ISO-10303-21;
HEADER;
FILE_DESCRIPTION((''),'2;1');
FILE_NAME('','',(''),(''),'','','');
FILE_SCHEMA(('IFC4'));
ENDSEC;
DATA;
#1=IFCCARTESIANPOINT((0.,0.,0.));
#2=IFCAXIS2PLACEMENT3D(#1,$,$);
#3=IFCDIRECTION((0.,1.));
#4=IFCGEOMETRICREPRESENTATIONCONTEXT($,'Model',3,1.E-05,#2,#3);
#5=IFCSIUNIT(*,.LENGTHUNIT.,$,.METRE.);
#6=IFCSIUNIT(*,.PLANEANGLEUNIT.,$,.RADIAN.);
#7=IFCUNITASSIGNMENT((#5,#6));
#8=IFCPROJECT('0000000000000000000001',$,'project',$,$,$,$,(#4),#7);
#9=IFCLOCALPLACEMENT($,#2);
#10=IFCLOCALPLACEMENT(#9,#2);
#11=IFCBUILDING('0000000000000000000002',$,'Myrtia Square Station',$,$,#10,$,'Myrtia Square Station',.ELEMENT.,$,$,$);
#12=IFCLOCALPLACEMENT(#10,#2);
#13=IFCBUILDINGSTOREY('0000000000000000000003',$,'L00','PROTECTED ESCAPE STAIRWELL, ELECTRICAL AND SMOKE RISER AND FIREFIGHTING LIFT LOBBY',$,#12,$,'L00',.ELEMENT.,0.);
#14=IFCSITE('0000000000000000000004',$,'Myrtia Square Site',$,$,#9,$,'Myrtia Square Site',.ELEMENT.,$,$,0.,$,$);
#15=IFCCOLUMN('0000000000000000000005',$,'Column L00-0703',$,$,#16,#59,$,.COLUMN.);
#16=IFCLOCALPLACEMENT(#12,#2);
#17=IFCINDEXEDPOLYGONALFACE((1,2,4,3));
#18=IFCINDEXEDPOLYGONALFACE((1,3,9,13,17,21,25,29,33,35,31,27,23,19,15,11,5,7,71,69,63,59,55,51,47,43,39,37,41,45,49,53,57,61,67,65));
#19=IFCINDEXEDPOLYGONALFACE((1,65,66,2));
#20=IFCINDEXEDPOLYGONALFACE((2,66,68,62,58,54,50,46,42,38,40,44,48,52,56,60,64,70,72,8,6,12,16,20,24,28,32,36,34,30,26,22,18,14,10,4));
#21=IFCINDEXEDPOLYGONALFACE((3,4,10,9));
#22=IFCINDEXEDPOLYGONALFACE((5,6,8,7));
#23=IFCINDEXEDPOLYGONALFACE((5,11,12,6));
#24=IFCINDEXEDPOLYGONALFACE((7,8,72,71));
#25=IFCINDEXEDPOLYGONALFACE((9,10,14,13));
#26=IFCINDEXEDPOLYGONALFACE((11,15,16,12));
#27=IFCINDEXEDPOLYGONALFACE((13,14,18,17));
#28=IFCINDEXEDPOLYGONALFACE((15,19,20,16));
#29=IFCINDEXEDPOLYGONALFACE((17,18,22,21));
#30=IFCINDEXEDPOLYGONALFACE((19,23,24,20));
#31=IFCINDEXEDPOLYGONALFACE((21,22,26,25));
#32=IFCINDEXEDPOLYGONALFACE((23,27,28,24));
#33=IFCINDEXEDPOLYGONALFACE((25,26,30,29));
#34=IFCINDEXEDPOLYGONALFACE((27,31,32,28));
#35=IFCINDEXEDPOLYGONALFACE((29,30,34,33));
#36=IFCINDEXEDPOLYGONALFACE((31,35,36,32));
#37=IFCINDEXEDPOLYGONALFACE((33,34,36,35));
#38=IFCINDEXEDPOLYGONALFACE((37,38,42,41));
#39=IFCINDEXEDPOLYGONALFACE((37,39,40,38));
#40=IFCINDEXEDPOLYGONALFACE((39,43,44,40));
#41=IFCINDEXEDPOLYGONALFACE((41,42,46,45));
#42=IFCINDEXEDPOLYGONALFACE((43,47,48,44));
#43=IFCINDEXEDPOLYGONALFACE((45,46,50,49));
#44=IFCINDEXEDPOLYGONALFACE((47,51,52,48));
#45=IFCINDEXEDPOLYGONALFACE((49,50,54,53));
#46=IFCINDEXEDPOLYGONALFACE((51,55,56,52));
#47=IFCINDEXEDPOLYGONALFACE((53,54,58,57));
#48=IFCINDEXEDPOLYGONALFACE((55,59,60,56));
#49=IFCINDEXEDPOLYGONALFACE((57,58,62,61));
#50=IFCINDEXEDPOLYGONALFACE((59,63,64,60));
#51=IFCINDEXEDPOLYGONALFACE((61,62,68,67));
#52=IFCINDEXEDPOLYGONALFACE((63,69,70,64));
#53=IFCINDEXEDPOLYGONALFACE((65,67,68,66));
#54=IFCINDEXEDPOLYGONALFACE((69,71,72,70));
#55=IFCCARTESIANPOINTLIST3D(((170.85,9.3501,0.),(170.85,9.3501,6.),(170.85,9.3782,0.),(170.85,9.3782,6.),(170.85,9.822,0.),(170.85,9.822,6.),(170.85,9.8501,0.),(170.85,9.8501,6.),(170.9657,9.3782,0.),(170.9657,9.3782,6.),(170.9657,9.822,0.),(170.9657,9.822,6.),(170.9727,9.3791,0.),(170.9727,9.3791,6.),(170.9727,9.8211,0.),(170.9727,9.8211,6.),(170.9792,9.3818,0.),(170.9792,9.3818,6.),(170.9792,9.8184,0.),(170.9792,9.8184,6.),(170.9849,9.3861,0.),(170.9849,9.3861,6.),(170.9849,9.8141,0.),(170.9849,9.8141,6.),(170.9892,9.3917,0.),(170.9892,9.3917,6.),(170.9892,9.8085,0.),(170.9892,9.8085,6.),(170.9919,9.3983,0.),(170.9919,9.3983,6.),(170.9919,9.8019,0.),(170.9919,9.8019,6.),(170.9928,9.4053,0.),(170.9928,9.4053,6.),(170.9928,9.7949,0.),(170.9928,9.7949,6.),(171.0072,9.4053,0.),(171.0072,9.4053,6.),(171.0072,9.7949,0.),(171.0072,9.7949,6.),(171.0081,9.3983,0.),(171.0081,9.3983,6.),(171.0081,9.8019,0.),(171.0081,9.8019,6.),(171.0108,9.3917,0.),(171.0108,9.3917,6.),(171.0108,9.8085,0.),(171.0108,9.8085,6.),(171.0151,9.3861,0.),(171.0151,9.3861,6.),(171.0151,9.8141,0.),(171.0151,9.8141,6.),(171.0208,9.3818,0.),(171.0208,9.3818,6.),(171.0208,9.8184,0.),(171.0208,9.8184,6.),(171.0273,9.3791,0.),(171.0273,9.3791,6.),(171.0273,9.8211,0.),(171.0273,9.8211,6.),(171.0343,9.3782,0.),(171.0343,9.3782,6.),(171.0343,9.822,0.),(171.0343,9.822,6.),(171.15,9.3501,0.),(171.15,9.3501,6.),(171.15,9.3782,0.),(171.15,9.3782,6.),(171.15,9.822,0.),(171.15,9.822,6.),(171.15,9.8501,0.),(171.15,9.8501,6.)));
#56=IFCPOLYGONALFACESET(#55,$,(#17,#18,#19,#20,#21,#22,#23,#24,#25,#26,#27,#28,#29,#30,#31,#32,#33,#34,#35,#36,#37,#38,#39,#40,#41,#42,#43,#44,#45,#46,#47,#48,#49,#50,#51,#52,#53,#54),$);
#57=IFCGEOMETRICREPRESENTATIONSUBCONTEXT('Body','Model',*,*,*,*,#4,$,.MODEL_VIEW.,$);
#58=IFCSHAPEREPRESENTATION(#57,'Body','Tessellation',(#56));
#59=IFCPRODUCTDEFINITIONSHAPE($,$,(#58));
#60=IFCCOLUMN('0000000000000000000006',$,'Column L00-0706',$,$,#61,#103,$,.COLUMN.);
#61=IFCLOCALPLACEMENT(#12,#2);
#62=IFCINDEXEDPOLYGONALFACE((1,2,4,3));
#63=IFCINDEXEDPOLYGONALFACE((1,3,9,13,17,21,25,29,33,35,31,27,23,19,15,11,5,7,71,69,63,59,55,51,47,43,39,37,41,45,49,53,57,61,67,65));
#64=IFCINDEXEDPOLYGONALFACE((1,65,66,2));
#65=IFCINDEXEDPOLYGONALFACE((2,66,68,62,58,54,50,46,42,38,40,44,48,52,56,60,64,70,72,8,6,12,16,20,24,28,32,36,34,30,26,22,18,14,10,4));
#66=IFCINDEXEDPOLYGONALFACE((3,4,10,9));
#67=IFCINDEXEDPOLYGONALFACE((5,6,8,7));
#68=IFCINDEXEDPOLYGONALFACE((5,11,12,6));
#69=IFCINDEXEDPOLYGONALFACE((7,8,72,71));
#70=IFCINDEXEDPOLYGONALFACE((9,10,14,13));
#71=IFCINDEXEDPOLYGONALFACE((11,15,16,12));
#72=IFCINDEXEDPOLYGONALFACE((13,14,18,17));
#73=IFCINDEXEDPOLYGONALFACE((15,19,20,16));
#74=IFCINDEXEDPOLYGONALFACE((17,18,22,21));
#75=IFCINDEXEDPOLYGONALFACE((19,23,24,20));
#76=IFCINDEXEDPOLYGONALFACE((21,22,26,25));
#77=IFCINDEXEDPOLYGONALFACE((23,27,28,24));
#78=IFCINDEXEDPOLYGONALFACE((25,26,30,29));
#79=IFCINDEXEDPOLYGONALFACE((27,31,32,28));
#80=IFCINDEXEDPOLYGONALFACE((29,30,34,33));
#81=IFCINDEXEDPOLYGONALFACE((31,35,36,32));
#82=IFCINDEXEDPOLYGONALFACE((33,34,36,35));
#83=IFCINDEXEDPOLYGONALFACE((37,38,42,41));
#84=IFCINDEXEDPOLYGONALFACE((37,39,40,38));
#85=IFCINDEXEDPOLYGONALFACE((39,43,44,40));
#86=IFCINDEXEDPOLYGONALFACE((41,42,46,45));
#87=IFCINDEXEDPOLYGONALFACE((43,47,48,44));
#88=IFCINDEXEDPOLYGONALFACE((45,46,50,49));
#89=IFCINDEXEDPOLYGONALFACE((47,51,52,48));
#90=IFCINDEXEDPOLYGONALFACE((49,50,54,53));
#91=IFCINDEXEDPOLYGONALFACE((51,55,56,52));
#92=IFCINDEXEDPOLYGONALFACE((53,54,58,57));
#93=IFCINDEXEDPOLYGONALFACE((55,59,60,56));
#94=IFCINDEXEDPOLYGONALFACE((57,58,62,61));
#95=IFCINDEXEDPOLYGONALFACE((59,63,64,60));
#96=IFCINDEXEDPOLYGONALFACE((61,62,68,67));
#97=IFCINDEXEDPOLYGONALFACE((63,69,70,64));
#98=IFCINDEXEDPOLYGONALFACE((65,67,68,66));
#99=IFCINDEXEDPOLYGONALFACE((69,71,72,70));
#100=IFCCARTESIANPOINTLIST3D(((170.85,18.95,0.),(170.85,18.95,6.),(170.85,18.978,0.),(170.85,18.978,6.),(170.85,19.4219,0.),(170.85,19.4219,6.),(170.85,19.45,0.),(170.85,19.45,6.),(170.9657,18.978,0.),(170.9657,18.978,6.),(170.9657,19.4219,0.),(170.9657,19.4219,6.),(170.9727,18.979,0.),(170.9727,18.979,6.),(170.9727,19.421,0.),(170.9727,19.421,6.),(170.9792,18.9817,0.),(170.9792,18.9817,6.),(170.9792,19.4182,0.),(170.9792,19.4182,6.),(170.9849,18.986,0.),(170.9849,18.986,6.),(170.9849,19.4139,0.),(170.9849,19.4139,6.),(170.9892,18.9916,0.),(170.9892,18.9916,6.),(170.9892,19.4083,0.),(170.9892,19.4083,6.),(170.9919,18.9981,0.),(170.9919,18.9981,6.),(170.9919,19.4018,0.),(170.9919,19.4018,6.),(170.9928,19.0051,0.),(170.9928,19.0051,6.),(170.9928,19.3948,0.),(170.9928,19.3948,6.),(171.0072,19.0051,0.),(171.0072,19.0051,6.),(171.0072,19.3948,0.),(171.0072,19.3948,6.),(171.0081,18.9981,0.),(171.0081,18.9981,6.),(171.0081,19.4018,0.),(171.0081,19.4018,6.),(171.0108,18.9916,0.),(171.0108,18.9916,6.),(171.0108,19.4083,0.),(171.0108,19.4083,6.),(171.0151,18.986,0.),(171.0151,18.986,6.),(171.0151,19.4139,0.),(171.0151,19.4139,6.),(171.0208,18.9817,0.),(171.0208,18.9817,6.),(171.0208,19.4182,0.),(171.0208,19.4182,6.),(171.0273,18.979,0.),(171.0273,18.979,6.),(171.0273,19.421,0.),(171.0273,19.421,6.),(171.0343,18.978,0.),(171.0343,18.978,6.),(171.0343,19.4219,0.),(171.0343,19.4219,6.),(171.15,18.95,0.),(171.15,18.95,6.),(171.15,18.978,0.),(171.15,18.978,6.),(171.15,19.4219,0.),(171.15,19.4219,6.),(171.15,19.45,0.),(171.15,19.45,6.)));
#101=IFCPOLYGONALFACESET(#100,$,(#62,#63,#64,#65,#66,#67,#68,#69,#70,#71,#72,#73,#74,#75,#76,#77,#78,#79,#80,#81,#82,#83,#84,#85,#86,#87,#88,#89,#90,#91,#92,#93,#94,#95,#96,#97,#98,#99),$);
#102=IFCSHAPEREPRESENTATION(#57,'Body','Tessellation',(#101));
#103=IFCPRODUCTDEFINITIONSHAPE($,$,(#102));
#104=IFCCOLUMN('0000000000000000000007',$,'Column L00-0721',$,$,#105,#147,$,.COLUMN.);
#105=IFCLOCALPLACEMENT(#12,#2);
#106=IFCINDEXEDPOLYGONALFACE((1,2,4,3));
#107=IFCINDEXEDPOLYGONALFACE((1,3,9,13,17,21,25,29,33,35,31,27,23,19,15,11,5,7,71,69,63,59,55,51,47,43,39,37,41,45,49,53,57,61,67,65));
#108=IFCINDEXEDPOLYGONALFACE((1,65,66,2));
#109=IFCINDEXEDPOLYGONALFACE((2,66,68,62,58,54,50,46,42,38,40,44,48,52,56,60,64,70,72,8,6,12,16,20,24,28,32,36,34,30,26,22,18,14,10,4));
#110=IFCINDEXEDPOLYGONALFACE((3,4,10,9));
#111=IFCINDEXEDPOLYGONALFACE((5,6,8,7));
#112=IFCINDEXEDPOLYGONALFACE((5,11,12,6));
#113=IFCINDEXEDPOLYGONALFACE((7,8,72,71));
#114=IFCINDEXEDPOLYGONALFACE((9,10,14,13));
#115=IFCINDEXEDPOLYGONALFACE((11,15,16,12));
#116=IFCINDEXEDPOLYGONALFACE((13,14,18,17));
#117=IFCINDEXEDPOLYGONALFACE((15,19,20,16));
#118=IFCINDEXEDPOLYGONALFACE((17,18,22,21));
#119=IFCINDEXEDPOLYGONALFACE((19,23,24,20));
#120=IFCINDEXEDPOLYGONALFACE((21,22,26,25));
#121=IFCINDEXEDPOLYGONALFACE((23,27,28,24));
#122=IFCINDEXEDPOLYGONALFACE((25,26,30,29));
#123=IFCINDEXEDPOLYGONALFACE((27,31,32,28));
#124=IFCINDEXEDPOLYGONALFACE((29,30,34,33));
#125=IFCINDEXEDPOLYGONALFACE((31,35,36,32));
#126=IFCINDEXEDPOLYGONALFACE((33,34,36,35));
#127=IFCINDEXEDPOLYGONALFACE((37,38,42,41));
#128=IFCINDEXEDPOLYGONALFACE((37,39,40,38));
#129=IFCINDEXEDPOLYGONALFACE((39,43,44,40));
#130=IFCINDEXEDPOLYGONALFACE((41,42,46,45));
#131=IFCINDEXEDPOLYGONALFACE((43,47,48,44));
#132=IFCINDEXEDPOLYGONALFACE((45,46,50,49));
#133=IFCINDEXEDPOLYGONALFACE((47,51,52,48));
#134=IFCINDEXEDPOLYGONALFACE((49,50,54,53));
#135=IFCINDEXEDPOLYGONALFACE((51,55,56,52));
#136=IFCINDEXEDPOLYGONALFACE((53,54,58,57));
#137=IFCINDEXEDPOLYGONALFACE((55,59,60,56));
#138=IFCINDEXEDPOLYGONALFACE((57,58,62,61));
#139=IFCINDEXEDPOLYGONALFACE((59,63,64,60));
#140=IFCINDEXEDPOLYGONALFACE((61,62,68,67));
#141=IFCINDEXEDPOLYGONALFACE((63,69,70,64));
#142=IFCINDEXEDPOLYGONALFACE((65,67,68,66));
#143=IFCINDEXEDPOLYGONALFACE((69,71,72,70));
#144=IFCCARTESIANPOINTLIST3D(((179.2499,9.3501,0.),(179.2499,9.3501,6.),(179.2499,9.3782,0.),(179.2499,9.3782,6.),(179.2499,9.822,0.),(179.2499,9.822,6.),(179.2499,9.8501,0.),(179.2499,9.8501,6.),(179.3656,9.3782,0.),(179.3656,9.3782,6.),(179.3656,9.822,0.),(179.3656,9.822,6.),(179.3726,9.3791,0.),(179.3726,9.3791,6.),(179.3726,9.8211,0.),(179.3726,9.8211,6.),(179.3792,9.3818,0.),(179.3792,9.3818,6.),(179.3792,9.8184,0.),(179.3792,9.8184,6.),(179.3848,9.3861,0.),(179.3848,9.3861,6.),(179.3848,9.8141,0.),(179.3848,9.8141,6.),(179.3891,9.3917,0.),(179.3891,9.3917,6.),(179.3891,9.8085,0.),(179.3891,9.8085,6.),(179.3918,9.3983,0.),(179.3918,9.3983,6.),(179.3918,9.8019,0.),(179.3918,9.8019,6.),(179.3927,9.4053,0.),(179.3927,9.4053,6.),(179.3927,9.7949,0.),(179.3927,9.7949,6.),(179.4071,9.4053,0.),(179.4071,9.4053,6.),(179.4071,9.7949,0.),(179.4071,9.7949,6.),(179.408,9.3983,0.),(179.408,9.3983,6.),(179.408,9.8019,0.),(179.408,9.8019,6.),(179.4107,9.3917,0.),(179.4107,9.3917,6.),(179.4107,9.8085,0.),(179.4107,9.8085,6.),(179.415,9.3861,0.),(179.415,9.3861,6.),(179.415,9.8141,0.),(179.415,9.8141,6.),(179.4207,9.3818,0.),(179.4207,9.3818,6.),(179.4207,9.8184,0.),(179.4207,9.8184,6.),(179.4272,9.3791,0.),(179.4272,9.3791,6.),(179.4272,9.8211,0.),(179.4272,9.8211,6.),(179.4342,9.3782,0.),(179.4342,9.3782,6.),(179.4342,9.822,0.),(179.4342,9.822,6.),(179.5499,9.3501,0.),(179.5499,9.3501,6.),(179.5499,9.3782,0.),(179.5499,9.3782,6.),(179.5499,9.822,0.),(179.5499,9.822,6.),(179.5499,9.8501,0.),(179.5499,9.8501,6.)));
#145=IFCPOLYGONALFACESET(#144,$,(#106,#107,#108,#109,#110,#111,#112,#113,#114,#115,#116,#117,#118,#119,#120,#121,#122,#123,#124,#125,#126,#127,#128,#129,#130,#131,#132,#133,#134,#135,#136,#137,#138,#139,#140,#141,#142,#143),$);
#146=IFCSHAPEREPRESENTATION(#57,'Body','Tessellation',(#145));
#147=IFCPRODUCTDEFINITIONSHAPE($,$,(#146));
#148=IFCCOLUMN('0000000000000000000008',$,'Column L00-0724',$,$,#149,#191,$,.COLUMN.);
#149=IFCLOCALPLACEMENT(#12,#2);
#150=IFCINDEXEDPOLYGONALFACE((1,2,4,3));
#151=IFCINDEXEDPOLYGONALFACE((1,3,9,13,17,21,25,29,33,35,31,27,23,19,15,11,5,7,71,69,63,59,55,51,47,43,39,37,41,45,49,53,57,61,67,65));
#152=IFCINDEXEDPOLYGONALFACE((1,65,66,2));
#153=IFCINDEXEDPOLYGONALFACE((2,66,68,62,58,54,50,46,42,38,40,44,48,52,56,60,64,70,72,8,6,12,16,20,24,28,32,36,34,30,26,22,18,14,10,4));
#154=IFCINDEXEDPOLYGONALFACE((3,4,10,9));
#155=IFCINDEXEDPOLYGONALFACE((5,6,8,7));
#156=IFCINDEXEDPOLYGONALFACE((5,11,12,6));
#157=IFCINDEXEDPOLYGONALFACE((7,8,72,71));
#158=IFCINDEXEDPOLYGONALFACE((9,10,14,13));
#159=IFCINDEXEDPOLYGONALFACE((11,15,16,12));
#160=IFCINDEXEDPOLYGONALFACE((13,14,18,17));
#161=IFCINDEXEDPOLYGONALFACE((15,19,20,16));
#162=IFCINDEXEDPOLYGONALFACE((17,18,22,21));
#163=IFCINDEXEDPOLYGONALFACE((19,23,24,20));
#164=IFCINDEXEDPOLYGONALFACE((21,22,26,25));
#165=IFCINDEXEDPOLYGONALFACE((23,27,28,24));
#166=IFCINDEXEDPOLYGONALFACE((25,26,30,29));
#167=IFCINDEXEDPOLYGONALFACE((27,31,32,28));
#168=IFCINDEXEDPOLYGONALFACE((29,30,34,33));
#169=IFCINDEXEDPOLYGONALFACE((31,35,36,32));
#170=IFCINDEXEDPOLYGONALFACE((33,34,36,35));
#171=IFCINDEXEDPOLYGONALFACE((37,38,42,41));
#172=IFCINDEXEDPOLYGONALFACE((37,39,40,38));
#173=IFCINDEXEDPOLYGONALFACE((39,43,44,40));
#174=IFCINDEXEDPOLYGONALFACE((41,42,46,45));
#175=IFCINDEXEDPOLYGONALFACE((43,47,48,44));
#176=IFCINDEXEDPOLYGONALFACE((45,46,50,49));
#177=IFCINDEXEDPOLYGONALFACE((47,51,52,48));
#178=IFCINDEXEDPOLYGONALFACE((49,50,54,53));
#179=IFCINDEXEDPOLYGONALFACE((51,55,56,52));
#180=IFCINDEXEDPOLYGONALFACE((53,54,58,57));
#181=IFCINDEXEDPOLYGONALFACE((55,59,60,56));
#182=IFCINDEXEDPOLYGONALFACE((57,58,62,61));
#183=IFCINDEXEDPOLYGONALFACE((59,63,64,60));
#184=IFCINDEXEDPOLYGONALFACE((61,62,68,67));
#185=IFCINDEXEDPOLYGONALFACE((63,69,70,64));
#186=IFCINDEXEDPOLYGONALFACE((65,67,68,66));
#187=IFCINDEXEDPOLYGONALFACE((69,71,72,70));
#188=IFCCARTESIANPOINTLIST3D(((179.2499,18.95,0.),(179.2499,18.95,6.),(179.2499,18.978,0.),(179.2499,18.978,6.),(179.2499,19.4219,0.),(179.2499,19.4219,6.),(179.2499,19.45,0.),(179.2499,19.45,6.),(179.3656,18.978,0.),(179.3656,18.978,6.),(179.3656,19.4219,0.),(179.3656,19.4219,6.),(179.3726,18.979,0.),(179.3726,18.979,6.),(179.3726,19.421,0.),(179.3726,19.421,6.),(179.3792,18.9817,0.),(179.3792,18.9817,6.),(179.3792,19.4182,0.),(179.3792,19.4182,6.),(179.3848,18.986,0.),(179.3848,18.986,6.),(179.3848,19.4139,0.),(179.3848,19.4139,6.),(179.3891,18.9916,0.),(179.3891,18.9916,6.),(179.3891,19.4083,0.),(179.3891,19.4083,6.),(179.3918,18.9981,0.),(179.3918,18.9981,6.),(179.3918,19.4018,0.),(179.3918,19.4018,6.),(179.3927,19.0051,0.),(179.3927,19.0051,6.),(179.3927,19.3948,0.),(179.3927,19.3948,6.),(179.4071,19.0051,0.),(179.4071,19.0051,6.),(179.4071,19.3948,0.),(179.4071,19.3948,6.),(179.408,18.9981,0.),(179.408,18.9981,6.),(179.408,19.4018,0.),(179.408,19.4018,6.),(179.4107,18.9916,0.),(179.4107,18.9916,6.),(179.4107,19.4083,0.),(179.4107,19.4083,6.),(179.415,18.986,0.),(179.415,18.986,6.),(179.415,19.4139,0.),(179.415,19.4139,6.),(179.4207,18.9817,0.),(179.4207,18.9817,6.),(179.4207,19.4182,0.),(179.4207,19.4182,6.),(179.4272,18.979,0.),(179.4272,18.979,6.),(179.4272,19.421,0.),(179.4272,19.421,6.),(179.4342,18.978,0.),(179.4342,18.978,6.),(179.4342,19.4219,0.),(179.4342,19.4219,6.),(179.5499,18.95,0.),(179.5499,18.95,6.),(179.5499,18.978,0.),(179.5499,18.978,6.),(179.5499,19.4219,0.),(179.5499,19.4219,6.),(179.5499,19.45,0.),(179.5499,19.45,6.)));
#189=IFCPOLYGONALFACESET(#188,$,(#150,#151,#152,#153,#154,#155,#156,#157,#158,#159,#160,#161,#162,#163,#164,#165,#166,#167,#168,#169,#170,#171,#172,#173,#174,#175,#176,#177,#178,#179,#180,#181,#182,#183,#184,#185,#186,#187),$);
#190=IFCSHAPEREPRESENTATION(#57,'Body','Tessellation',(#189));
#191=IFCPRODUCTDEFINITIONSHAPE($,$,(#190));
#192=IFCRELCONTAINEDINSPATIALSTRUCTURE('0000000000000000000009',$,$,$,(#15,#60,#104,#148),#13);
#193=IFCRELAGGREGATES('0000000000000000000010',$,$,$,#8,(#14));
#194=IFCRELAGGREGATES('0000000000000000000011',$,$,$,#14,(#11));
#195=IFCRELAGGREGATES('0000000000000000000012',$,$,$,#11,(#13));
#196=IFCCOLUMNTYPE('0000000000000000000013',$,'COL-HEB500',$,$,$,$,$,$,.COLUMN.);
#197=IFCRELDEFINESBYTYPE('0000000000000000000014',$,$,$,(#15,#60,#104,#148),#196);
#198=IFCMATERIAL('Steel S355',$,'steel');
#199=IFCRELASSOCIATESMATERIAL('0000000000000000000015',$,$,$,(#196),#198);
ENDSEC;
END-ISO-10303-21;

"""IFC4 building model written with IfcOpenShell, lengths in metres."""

from ifc_helpers import new_model, si_unit, direction, frame, origin, origin_2d, place, context, subcontext, project, spatial, i_section, extrude, material, material_profile, profile_set, type_object, element, save


model = new_model("IFC4")

# Units and contexts
model_context = context("Model", 3, precision=1e-05, world=origin(), true_north=direction((0.0, 1.0)))
body_context = subcontext(model_context, "Body", "Model", "MODEL_VIEW")
ifc_project = project(units=[si_unit("LENGTHUNIT", "METRE"), si_unit("PLANEANGLEUNIT", "RADIAN")], contexts=[model_context])

# Site, building, storey
site_placement = place(None, origin())
site = spatial("IfcSite", under=ifc_project, at=site_placement, Name="Myrtia Square Site", LongName="Myrtia Square Site", CompositionType="ELEMENT", RefElevation=0.0)
building_placement = place(site_placement, origin())
building = spatial("IfcBuilding", under=site, at=building_placement, Name="Myrtia Square Station", LongName="Myrtia Square Station", CompositionType="ELEMENT")
storey_placement = place(building_placement, origin())
storey = spatial("IfcBuildingStorey", under=building, at=storey_placement, Name="L00", Description="PROTECTED ESCAPE STAIRWELL, ELECTRICAL AND SMOKE RISER AND FIREFIGHTING LIFT LOBBY", LongName="L00", CompositionType="ELEMENT", Elevation=0.0)

# Columns
ifc_material_1 = material(Name="Steel S355", Category="steel")
ifc_material_profile_1 = material_profile(ifc_material_1, i_section(OverallWidth=0.3, OverallDepth=0.5, WebThickness=0.0144, FlangeThickness=0.0281, FilletRadius=0.0271, at=origin_2d()), Name="HEB 500")
ifc_profile_set_1 = profile_set([ifc_material_profile_1], Name="Steel S355")
column_type = type_object("IfcColumnType", Name="COL-HEB500", PredefinedType="COLUMN", material=ifc_profile_set_1)
for number, where, z_axis, x_axis, name in (
    (1, (171.0, 9.6001, 0.0), (0.0, 0.0, 1.0), (1.0, 0.0, 0.0), "Column L00-0703"),
    (2, (171.0, 19.2, 0.0), (0.0, 0.0, 1.0), (1.0, 0.0, 0.0), "Column L00-0706"),
    (3, (179.3999, 9.6001, 0.0), (0.0, 0.0, 1.0), (1.0, 0.0, 0.0), "Column L00-0721"),
    (4, (179.3999, 19.2, 0.0), (0.0, 0.0, 1.0), (1.0, 0.0, 0.0), "Column L00-0724"),
):
    element("IfcColumn", number, at=place(storey_placement, frame(where, z_axis=z_axis, x_axis=x_axis)), inside=storey, type_object=column_type, Name=name, PredefinedType="COLUMN", context=body_context, shape_type="SweptSolid", body=[
        extrude(i_section(OverallWidth=0.3, OverallDepth=0.5, WebThickness=0.0144, FlangeThickness=0.0281, FilletRadius=0.0271, at=origin_2d()), origin(), (0.0, 0.0, 1.0), 6.0),
    ])

save(model, "model.ifc")
